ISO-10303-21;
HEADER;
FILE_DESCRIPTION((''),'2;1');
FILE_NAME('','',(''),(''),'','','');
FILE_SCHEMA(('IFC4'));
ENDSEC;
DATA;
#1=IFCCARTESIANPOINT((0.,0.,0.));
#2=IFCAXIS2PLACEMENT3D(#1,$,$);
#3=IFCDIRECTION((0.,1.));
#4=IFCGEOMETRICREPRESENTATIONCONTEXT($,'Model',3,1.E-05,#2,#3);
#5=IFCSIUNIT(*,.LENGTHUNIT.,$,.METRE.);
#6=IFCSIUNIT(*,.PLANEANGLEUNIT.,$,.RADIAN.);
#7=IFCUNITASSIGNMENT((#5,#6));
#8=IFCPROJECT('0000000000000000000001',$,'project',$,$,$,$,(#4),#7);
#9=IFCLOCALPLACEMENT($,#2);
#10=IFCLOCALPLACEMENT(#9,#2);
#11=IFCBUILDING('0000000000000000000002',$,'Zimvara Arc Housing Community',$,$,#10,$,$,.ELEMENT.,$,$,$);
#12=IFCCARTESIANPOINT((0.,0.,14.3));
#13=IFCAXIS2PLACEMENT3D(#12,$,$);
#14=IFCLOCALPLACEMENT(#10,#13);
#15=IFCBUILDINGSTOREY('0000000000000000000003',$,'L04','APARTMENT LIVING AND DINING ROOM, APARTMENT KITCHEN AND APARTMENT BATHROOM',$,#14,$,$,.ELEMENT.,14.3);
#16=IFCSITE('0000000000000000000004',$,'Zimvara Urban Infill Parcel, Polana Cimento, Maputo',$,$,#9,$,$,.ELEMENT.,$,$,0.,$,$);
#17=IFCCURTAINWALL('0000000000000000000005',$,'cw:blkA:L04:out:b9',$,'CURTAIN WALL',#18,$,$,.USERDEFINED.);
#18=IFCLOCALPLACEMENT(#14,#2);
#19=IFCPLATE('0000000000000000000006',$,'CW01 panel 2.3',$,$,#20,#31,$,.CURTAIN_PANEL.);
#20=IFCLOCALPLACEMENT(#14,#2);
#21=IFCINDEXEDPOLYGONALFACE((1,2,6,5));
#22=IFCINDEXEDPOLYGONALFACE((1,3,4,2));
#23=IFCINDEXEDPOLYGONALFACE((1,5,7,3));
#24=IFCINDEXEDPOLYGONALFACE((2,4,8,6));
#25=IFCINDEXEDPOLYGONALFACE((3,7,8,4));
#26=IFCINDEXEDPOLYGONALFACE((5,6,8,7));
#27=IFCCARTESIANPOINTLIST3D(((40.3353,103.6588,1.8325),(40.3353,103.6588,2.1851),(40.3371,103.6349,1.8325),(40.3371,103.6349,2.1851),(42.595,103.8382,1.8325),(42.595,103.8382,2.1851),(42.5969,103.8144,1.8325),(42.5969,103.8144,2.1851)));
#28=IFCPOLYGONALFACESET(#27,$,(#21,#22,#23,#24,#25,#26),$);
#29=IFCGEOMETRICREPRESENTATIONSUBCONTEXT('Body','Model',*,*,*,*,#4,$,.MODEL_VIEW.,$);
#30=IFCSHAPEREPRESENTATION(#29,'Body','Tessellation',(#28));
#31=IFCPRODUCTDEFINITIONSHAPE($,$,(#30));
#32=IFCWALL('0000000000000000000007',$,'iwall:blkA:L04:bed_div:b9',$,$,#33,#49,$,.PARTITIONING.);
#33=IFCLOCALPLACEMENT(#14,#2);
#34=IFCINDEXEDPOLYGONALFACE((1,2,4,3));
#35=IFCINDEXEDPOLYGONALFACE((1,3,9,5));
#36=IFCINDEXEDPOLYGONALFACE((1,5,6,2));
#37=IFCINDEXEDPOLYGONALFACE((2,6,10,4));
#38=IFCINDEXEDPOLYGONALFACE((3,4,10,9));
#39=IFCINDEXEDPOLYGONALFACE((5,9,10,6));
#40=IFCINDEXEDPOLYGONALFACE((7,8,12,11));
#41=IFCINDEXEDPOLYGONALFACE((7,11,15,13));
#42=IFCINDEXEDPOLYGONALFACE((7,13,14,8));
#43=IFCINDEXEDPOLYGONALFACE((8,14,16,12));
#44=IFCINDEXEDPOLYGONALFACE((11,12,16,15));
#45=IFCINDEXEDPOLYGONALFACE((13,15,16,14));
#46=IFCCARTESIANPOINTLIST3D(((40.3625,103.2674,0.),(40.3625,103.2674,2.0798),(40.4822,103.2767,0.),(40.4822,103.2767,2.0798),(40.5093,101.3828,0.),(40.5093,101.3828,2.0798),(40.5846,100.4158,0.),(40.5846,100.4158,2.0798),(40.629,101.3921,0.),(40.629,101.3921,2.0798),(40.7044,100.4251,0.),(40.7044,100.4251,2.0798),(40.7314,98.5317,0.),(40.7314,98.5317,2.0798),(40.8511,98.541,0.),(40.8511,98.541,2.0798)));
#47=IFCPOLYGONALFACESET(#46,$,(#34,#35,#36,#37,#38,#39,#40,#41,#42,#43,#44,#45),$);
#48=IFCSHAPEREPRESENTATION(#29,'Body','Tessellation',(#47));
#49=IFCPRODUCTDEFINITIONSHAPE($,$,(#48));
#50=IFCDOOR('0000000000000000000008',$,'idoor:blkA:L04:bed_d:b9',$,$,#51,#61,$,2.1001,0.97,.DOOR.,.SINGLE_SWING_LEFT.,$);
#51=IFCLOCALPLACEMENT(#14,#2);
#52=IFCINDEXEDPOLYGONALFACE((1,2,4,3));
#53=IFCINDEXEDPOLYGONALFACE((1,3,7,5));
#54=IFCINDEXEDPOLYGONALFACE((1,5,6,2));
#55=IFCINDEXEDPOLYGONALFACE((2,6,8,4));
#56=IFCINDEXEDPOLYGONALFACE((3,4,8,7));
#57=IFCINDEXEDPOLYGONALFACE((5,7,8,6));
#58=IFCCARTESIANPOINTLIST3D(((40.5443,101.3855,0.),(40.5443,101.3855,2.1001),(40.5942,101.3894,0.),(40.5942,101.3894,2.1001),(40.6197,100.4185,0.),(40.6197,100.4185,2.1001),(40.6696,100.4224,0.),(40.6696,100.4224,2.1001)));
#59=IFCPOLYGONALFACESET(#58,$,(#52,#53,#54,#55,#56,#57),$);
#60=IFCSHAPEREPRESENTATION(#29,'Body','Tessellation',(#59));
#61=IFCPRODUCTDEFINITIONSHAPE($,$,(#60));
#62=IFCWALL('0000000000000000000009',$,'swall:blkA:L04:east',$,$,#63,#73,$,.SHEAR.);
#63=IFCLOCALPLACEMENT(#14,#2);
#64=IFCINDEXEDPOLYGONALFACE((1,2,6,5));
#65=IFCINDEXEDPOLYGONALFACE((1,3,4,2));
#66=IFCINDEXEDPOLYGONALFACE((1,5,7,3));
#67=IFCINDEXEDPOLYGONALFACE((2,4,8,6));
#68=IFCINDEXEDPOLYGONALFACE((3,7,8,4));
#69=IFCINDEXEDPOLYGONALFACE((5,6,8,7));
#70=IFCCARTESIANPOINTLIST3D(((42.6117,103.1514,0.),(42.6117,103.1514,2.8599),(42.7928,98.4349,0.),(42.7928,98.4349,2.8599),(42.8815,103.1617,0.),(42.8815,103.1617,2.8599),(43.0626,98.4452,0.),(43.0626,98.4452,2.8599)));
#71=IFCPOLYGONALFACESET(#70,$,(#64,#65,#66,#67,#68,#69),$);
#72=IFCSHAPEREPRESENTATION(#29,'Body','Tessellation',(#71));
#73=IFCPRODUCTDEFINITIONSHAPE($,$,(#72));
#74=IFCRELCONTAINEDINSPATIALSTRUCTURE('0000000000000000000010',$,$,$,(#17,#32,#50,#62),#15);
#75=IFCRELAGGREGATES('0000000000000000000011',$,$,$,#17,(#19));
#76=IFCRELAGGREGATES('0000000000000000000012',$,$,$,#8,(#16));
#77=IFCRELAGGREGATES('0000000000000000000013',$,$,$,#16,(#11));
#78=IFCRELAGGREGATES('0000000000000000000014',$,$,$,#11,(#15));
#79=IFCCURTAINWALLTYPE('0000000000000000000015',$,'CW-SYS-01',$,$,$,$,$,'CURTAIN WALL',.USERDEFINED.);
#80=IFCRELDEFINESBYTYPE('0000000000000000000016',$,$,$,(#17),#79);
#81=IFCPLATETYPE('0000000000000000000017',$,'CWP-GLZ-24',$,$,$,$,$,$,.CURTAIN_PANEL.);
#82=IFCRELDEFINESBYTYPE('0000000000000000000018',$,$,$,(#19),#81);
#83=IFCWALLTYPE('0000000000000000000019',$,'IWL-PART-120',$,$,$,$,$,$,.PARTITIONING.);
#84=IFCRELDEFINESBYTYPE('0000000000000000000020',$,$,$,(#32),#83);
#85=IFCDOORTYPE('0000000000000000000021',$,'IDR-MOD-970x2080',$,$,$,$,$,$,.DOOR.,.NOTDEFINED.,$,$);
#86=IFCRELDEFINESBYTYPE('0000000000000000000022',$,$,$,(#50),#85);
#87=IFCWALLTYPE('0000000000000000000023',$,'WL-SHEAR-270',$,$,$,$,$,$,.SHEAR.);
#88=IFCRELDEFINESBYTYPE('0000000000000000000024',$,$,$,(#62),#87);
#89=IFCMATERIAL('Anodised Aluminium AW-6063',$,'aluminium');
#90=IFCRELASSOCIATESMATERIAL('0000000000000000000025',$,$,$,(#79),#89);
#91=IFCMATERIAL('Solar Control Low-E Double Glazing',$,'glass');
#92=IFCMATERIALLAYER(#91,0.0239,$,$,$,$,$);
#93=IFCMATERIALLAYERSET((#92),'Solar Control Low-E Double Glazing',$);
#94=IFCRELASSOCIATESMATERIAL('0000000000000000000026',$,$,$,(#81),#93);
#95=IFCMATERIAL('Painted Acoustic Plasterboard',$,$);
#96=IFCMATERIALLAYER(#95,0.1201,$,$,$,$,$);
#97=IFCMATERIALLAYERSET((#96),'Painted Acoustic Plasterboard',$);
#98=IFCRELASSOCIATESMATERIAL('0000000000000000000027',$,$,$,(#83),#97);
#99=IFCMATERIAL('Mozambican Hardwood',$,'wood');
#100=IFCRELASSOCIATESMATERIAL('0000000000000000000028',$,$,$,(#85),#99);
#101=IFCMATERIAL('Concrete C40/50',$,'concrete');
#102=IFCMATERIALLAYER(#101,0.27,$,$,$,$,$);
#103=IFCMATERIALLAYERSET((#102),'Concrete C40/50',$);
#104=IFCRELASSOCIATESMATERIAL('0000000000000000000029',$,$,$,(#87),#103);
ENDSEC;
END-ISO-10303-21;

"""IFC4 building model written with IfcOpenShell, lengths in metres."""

from ifc_helpers import new_model, si_unit, direction, frame, frame_2d, origin, origin_2d, place, context, subcontext, project, spatial, rectangle, extrude, material, layer, layer_set, type_object, element, fill, aggregate, save


model = new_model("IFC4")

# Units and contexts
model_context = context("Model", 3, precision=1e-05, world=origin(), true_north=direction((0.0, 1.0)))
body_context = subcontext(model_context, "Body", "Model", "MODEL_VIEW")
ifc_project = project(units=[si_unit("LENGTHUNIT", "METRE"), si_unit("PLANEANGLEUNIT", "RADIAN")], contexts=[model_context])

# Site, building, storey
site_placement = place(None, origin())
site = spatial("IfcSite", under=ifc_project, at=site_placement, Name="Zimvara Urban Infill Parcel, Polana Cimento, Maputo", CompositionType="ELEMENT", RefElevation=0.0)
building_placement = place(site_placement, origin())
building = spatial("IfcBuilding", under=site, at=building_placement, Name="Zimvara Arc Housing Community", CompositionType="ELEMENT")
storey_placement = place(building_placement, frame((0.0, 0.0, 14.3)))
storey = spatial("IfcBuildingStorey", under=building, at=storey_placement, Name="L04", Description="APARTMENT LIVING AND DINING ROOM, APARTMENT KITCHEN AND APARTMENT BATHROOM", CompositionType="ELEMENT", Elevation=14.3)

# Curtain wall, plate
ifc_material_1 = material(Name="Anodised Aluminium AW-6063", Category="aluminium")
curtain_wall_type = type_object("IfcCurtainWallType", Name="CW-SYS-01", ElementType="CURTAIN WALL", PredefinedType="USERDEFINED", material=ifc_material_1)
curtain_wall_placement = place(storey_placement, origin())
curtain_wall = element("IfcCurtainWall", 1, at=curtain_wall_placement, inside=storey, type_object=curtain_wall_type, Name="cw:blkA:L04:out:b9", ObjectType="CURTAIN WALL", PredefinedType="USERDEFINED")
ifc_material_2 = material(Name="Solar Control Low-E Double Glazing", Category="glass")
ifc_layer_1 = layer(ifc_material_2, 0.0239)
ifc_layer_set_1 = layer_set([ifc_layer_1], Name="Solar Control Low-E Double Glazing")
plate_type = type_object("IfcPlateType", Name="CWP-GLZ-24", PredefinedType="CURTAIN_PANEL", material=ifc_layer_set_1)
plate_1_placement = place(storey_placement, frame((41.4661, 103.7366, 1.8325), z_axis=(0.0, 0.0, 1.0), x_axis=(0.996862, 0.079154, 0.0)))
plate_1 = element("IfcPlate", 2, at=plate_1_placement, type_object=plate_type, Name="CW01 panel 2.3", PredefinedType="CURTAIN_PANEL", context=body_context, shape_type="SweptSolid", body=[
    extrude(rectangle(XDim=2.2668, YDim=0.0239, at=origin_2d()), origin(), (0.0, 0.0, 1.0), 0.3525),
])
aggregate(curtain_wall, [plate_1])

# Wall, opening, door
ifc_material_3 = material(Name="Painted Acoustic Plasterboard")
ifc_layer_2 = layer(ifc_material_3, 0.1201)
ifc_layer_set_2 = layer_set([ifc_layer_2], Name="Painted Acoustic Plasterboard")
wall_type_1 = type_object("IfcWallType", Name="IWL-PART-120", PredefinedType="PARTITIONING", material=ifc_layer_set_2)
wall_1_placement = place(storey_placement, frame((40.7913, 98.5364, 0.0), z_axis=(0.0, 0.0, 1.0), x_axis=(-0.077663, 0.99698, 0.0)))
wall_1 = element("IfcWall", 3, at=wall_1_placement, inside=storey, type_object=wall_type_1, Name="iwall:blkA:L04:bed_div:b9", PredefinedType="PARTITIONING", context=body_context, shape_type="SweptSolid", body=[
    extrude(rectangle(XDim=4.75, YDim=0.1201, at=frame_2d((2.375, 0.0))), origin(), (0.0, 0.0, 1.0), 2.0798),
])
opening_placement = place(wall_1_placement, frame((1.8899, 0.0, 0.0)))
opening = element("IfcOpeningElement", 4, at=opening_placement, cuts=wall_1, PredefinedType="OPENING", context=body_context, shape_type="SweptSolid", body=[
    extrude(rectangle(XDim=0.97, YDim=2.1001, at=frame_2d((0.4849, 1.05))), frame((0.0, 0.0701, 0.0), z_axis=(0.0, -1.0, 0.0), x_axis=(1.0, 0.0, 0.0)), (0.0, 0.0, 1.0), 0.1401),
])
ifc_material_4 = material(Name="Mozambican Hardwood", Category="wood")
door_type = type_object("IfcDoorType", Name="IDR-MOD-970x2080", OperationType="NOTDEFINED", PredefinedType="DOOR", material=ifc_material_4)
door_placement = place(opening_placement, origin())
door = element("IfcDoor", 5, at=door_placement, inside=storey, type_object=door_type, Name="idoor:blkA:L04:bed_d:b9", OperationType="SINGLE_SWING_LEFT", OverallHeight=2.1001, OverallWidth=0.97, PredefinedType="DOOR", context=body_context, shape_type="SweptSolid", body=[
    extrude(rectangle(XDim=0.97, YDim=2.1001, at=frame_2d((0.4849, 1.05))), frame((0.0, 0.0249, 0.0), z_axis=(0.0, -1.0, 0.0), x_axis=(1.0, 0.0, 0.0)), (0.0, 0.0, 1.0), 0.05),
])
fill(opening, door)

# Wall
ifc_material_5 = material(Name="Concrete C40/50", Category="concrete")
ifc_layer_3 = layer(ifc_material_5, 0.27)
ifc_layer_set_3 = layer_set([ifc_layer_3], Name="Concrete C40/50")
wall_type_2 = type_object("IfcWallType", Name="WL-SHEAR-270", PredefinedType="SHEAR", material=ifc_layer_set_3)
wall_2_placement = place(storey_placement, frame((42.9277, 98.4402, 0.0), z_axis=(0.0, 0.0, 1.0), x_axis=(-0.038379, 0.999263, 0.0)))
element("IfcWall", 6, at=wall_2_placement, inside=storey, type_object=wall_type_2, Name="swall:blkA:L04:east", PredefinedType="SHEAR", context=body_context, shape_type="SweptSolid", body=[
    extrude(rectangle(XDim=4.72, YDim=0.27, at=frame_2d((2.3599, 0.0))), origin(), (0.0, 0.0, 1.0), 2.8599),
])

save(model, "model.ifc")
